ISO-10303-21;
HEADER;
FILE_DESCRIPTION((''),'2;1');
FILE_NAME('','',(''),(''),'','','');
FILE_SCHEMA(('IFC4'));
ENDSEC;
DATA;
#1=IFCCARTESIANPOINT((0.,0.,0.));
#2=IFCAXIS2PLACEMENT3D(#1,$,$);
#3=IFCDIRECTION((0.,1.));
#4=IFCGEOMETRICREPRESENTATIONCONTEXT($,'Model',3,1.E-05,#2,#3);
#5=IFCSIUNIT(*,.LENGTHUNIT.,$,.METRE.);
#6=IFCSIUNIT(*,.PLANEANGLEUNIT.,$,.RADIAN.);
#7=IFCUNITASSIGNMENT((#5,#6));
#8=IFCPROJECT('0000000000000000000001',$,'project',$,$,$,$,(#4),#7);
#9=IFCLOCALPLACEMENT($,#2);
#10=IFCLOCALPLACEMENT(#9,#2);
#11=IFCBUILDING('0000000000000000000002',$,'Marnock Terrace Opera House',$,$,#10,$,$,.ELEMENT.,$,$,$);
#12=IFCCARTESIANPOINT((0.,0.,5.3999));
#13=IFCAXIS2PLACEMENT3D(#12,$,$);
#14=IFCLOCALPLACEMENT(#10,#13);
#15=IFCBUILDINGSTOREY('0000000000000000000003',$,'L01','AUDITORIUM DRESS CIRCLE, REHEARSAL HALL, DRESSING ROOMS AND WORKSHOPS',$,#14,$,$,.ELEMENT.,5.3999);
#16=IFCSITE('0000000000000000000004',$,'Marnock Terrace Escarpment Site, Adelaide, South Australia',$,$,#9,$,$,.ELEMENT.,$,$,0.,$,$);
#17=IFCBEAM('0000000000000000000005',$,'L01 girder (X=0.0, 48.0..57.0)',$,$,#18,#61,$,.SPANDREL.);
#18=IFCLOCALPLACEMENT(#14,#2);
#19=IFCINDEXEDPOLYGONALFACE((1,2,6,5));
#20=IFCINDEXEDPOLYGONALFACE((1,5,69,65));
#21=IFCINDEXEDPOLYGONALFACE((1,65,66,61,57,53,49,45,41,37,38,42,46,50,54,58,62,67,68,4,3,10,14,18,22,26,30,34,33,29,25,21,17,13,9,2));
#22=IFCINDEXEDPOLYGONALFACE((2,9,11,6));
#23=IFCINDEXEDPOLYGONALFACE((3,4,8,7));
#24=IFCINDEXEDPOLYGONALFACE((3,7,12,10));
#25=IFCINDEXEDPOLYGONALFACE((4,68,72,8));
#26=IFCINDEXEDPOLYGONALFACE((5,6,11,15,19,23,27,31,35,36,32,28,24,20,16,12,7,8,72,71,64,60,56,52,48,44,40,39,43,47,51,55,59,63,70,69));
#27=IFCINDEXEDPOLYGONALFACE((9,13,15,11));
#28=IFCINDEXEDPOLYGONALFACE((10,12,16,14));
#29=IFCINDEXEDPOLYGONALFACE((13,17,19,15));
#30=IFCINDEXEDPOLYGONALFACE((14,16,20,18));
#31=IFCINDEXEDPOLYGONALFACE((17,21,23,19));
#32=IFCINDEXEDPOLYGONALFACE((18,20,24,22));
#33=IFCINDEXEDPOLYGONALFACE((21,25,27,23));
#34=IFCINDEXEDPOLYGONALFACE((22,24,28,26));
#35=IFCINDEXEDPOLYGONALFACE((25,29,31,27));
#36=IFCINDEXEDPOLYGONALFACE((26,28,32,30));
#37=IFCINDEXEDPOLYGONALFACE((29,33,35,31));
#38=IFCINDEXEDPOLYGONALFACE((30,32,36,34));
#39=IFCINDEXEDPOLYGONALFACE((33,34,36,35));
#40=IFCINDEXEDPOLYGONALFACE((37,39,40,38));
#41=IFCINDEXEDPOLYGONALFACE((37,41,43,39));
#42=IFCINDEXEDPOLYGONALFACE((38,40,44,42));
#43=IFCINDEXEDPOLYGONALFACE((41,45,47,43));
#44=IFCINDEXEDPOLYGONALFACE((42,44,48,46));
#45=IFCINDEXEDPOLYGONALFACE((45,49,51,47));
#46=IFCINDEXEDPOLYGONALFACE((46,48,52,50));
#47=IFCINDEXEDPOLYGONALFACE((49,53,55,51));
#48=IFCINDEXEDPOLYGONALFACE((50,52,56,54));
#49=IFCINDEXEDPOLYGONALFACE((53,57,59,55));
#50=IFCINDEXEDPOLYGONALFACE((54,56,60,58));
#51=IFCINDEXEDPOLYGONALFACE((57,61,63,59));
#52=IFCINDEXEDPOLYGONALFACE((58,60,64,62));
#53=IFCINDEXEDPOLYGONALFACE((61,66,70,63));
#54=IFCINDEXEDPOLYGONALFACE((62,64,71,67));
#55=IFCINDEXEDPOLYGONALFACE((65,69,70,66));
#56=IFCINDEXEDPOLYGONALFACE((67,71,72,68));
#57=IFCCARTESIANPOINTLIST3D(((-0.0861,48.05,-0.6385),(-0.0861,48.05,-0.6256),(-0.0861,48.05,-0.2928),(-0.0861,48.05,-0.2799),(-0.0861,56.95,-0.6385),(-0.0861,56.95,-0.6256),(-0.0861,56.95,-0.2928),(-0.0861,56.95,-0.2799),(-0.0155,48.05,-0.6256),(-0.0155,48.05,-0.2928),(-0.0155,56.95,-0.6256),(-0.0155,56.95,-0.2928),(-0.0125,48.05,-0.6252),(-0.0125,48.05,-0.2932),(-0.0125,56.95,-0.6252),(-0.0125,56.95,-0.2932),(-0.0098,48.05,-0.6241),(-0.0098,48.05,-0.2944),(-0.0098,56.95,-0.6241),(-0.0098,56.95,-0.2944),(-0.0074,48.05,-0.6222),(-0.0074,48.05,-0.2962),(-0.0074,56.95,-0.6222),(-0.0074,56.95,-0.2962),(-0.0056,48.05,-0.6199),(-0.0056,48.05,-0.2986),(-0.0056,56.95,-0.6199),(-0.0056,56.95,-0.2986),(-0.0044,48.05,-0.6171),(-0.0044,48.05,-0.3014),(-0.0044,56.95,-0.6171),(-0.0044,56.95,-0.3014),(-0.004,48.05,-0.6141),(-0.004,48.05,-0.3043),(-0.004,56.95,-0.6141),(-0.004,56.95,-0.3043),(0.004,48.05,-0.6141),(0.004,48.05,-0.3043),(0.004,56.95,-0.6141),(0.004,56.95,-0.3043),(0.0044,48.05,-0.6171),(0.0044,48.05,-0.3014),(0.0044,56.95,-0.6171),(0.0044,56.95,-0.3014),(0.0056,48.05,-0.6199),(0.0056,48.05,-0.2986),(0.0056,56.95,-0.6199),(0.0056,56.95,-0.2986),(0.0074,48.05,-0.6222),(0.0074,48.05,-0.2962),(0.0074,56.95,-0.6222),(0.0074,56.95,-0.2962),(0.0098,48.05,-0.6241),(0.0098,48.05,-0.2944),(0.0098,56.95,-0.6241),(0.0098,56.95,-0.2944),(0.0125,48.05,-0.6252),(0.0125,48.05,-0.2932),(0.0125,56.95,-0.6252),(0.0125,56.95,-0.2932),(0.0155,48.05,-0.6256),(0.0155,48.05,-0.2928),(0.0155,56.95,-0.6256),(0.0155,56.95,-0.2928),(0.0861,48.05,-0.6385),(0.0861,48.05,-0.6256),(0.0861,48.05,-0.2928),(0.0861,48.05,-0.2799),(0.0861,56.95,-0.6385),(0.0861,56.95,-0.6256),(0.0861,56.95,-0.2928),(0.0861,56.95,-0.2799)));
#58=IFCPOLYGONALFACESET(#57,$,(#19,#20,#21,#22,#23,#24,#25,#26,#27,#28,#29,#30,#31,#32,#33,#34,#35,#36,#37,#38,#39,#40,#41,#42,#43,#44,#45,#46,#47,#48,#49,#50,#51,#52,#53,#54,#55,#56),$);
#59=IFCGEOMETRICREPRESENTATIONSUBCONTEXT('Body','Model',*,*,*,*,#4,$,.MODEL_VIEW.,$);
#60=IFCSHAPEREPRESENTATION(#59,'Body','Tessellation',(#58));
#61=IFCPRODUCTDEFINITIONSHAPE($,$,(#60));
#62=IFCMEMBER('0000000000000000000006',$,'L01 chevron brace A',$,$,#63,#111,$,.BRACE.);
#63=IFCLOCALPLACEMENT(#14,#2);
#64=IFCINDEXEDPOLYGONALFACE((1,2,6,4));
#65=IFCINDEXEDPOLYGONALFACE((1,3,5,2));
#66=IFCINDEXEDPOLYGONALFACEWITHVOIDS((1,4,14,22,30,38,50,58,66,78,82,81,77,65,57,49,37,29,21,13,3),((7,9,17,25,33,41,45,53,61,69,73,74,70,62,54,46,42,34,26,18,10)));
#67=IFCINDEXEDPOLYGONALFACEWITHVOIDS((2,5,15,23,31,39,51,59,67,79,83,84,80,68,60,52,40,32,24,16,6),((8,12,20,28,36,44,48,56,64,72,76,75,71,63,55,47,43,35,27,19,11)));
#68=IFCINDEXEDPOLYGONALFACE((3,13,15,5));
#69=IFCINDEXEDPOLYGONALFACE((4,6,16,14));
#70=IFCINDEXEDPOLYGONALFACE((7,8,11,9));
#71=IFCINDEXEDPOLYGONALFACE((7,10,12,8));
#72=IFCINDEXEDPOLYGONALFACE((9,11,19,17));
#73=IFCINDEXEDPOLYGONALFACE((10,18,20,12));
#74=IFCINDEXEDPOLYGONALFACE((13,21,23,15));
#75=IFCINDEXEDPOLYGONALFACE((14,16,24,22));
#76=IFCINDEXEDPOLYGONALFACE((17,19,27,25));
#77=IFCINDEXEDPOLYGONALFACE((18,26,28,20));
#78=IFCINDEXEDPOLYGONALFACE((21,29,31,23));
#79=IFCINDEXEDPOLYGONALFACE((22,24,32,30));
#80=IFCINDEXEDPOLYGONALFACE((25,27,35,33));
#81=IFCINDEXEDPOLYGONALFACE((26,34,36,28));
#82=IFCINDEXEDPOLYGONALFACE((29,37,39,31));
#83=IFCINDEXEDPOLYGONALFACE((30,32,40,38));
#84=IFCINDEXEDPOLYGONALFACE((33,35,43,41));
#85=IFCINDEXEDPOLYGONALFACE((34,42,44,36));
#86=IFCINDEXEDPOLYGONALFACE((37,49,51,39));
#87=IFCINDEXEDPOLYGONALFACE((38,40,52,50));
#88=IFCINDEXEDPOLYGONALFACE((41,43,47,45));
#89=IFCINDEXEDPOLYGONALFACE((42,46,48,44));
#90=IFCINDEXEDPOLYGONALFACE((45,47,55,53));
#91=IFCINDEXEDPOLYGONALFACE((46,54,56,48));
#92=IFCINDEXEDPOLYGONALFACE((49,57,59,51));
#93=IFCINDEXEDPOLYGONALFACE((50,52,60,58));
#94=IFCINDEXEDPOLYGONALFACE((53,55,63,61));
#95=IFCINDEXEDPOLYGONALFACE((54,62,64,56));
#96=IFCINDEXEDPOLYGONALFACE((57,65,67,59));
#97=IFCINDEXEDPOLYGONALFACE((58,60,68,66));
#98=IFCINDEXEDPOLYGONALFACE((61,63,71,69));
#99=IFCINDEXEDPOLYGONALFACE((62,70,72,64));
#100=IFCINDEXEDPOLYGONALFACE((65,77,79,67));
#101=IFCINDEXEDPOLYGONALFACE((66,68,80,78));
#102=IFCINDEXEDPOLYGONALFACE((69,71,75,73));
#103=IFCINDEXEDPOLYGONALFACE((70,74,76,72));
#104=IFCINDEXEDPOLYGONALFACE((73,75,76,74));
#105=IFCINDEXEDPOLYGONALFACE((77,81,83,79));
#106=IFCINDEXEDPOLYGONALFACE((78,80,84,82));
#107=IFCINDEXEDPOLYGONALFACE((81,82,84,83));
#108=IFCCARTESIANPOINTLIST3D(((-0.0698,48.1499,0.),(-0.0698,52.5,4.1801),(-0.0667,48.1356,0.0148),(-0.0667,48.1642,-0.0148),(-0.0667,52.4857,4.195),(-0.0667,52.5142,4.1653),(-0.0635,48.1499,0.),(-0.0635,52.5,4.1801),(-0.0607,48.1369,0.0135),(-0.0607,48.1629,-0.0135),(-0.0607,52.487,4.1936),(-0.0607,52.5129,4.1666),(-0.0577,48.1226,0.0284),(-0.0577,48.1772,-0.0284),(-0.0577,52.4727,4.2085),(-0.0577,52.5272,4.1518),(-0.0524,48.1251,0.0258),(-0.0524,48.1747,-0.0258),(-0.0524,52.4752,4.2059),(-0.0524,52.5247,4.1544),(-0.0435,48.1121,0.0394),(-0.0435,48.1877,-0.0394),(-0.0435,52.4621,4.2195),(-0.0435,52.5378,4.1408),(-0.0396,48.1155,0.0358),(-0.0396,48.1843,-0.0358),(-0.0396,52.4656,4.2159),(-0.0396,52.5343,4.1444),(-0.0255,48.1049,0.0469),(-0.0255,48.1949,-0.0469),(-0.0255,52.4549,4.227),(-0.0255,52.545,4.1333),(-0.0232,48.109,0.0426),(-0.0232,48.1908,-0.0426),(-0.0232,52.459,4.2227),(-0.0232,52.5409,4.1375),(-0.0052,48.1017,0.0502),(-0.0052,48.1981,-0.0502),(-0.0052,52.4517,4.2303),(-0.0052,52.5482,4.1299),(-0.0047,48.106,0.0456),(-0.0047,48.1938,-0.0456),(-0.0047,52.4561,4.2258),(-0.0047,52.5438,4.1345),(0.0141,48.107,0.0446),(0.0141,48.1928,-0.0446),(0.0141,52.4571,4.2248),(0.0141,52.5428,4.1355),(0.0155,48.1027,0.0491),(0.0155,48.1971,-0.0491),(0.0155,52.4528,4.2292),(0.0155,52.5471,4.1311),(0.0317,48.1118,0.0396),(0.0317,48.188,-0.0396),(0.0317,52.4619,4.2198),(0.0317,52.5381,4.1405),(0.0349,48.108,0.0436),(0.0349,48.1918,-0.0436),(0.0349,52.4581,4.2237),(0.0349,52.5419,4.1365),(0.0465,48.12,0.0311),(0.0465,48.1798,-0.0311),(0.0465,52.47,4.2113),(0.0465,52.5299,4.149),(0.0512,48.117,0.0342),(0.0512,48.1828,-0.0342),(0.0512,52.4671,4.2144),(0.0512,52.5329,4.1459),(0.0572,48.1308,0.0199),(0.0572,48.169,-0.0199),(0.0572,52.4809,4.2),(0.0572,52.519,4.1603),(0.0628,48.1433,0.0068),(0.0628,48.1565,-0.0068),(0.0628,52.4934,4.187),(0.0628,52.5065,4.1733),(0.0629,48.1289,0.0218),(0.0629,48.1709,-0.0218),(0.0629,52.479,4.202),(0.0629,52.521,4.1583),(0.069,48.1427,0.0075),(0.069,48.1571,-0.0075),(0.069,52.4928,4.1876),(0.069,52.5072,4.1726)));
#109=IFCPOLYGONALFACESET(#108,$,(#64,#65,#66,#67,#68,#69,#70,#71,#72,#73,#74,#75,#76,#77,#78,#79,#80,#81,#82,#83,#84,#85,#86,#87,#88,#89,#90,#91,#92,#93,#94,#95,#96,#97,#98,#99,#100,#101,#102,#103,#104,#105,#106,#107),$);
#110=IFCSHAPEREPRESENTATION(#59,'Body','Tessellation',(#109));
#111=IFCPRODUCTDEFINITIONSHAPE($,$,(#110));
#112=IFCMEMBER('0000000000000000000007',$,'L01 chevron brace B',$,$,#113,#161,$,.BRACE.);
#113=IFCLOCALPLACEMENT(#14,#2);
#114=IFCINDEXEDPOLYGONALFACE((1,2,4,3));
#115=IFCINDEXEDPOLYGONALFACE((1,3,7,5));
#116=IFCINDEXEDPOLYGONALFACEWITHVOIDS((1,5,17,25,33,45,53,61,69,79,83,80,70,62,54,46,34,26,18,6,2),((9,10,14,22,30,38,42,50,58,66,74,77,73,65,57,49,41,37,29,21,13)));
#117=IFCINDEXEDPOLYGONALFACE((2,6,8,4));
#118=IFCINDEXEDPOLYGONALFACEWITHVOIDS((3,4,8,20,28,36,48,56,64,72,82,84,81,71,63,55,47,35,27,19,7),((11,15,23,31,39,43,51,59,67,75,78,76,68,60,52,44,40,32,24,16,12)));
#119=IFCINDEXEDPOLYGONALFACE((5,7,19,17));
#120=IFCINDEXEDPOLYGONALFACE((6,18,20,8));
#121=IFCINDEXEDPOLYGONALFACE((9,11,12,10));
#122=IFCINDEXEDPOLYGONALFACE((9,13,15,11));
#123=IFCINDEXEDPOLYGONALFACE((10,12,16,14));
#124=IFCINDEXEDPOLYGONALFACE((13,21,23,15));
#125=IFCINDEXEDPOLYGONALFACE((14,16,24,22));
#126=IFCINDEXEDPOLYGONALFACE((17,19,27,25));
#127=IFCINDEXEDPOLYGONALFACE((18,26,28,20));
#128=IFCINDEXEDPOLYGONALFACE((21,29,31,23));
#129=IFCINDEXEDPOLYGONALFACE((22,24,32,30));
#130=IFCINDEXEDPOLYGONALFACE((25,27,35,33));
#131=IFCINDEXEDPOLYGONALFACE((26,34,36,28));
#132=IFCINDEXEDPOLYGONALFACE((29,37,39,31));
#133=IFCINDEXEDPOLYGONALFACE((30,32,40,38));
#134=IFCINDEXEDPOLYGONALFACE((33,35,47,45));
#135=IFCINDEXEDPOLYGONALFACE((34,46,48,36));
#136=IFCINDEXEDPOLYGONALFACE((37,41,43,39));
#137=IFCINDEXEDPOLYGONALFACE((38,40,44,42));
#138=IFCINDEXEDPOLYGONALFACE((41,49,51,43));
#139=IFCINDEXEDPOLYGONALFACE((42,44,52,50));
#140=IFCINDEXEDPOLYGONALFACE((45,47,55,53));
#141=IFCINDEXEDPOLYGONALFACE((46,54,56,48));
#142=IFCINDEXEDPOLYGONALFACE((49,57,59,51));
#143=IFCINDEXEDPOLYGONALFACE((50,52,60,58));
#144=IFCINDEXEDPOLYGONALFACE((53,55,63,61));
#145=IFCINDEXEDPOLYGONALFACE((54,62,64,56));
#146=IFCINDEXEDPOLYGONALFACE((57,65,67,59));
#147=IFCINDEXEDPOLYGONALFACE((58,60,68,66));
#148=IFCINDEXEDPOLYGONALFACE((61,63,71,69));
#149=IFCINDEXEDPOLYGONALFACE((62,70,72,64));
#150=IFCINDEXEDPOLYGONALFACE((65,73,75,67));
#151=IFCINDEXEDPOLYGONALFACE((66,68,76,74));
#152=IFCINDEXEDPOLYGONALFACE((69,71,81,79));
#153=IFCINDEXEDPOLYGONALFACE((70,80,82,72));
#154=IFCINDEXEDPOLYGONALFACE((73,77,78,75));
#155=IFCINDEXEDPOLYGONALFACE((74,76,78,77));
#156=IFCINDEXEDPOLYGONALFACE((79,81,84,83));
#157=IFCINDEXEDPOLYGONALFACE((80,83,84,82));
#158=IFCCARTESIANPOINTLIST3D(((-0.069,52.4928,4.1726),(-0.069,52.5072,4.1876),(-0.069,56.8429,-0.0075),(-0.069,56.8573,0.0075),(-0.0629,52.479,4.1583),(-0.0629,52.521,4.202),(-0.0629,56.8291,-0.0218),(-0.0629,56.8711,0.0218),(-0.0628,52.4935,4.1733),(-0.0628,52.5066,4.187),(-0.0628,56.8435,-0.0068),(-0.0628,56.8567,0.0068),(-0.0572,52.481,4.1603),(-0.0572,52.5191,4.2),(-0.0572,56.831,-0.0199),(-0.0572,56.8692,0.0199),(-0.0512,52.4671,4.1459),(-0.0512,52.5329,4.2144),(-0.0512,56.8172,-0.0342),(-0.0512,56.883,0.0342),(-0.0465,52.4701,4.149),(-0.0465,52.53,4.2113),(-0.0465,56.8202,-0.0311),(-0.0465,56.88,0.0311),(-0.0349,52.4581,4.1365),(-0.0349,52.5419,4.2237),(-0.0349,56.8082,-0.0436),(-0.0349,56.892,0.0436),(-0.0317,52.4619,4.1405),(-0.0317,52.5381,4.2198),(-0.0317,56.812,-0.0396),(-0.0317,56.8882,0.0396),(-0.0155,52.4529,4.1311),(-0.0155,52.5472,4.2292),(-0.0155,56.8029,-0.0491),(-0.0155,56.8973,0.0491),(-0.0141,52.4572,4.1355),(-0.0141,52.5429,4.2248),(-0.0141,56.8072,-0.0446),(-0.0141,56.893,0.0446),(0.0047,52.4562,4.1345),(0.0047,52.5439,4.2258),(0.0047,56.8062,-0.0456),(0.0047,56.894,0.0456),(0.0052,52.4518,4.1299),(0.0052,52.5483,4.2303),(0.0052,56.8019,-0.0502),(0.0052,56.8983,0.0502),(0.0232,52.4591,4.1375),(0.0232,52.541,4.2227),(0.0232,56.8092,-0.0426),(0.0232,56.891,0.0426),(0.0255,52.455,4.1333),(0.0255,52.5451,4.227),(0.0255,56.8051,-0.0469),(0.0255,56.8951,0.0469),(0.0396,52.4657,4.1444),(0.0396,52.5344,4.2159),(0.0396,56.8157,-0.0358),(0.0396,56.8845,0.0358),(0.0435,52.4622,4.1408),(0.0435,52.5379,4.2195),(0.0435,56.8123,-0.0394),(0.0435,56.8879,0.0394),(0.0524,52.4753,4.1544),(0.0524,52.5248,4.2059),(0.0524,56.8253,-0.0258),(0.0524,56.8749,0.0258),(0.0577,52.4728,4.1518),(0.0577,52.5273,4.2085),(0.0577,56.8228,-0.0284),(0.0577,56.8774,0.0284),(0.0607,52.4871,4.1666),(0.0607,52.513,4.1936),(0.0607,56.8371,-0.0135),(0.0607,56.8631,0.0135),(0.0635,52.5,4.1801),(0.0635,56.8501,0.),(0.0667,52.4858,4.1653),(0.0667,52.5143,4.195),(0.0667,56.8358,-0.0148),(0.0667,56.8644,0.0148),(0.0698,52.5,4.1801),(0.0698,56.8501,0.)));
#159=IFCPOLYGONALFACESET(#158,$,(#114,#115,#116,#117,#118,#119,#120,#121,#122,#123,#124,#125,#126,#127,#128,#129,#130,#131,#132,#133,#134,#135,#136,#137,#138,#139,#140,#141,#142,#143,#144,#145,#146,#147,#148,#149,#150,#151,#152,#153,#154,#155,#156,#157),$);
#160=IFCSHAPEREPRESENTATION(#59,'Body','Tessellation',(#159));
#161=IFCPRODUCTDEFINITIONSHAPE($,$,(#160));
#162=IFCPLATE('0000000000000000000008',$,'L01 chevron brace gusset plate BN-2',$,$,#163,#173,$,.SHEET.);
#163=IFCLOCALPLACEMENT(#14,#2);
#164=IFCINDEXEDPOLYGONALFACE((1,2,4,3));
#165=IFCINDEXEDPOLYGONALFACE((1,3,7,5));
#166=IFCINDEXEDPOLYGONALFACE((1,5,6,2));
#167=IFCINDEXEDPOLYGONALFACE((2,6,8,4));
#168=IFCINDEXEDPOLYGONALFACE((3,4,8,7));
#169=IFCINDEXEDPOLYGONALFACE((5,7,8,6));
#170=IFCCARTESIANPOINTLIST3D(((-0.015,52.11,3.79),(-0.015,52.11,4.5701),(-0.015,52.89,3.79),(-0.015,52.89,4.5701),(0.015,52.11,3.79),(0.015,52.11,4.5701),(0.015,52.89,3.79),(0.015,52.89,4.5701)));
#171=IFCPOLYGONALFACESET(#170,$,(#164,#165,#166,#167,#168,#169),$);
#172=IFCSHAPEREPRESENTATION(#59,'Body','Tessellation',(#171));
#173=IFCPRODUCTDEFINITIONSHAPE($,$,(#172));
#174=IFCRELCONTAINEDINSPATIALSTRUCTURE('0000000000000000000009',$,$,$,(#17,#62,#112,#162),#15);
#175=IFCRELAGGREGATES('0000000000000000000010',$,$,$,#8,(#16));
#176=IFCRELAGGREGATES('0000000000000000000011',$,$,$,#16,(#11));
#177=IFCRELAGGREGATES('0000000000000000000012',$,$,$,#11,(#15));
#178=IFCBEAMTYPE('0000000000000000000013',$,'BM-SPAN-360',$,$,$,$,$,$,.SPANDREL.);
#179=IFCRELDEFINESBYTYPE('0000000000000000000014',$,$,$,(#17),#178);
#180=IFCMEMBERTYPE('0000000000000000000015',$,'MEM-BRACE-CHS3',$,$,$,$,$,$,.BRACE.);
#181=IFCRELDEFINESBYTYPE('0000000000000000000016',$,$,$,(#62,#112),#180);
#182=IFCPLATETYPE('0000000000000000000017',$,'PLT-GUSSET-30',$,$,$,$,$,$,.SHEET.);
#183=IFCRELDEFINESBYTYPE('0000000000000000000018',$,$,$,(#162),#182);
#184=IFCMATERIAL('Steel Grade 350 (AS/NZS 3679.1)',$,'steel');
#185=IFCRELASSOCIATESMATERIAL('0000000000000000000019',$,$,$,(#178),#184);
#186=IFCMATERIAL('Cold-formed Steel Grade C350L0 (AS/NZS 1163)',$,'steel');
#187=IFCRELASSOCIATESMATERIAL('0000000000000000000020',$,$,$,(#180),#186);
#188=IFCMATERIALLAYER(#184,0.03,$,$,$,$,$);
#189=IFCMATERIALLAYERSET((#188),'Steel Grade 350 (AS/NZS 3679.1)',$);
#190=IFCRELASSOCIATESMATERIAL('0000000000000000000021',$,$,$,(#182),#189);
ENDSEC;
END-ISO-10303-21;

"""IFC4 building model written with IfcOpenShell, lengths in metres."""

from ifc_helpers import new_model, si_unit, direction, frame, origin, origin_2d, place, context, subcontext, project, spatial, rectangle, hollow_circle, i_section, extrude, material, layer, layer_set, material_profile, profile_set, type_object, element, save


model = new_model("IFC4")

# Units and contexts
model_context = context("Model", 3, precision=1e-05, world=origin(), true_north=direction((0.0, 1.0)))
body_context = subcontext(model_context, "Body", "Model", "MODEL_VIEW")
ifc_project = project(units=[si_unit("LENGTHUNIT", "METRE"), si_unit("PLANEANGLEUNIT", "RADIAN")], contexts=[model_context])

# Site, building, storey
site_placement = place(None, origin())
site = spatial("IfcSite", under=ifc_project, at=site_placement, Name="Marnock Terrace Escarpment Site, Adelaide, South Australia", CompositionType="ELEMENT", RefElevation=0.0)
building_placement = place(site_placement, origin())
building = spatial("IfcBuilding", under=site, at=building_placement, Name="Marnock Terrace Opera House", CompositionType="ELEMENT")
storey_placement = place(building_placement, frame((0.0, 0.0, 5.3999)))
storey = spatial("IfcBuildingStorey", under=building, at=storey_placement, Name="L01", Description="AUDITORIUM DRESS CIRCLE, REHEARSAL HALL, DRESSING ROOMS AND WORKSHOPS", CompositionType="ELEMENT", Elevation=5.3999)

# Shared definitions
ifc_material_1 = material(Name="Steel Grade 350 (AS/NZS 3679.1)", Category="steel")

# Beam
ifc_material_profile_1 = material_profile(ifc_material_1, i_section(OverallWidth=0.1721, OverallDepth=0.3586, WebThickness=0.0081, FlangeThickness=0.0129, FilletRadius=0.0115, at=origin_2d()))
ifc_profile_set_1 = profile_set([ifc_material_profile_1], Name="Steel Grade 350 (AS/NZS 3679.1)")
beam_type_1 = type_object("IfcBeamType", Name="BM-SPAN-360", PredefinedType="SPANDREL", material=ifc_profile_set_1)
beam_1_placement = place(storey_placement, frame((0.0, 48.05, -0.4592), z_axis=(0.0, 1.0, 0.0), x_axis=(-1.0, 0.0, 0.0)))
element("IfcBeam", 1, at=beam_1_placement, inside=storey, type_object=beam_type_1, Name="L01 girder (X=0.0, 48.0..57.0)", PredefinedType="SPANDREL", context=body_context, shape_type="SweptSolid", body=[
    extrude(i_section(OverallWidth=0.1721, OverallDepth=0.3586, WebThickness=0.0081, FlangeThickness=0.0129, FilletRadius=0.0115, at=origin_2d()), origin(), (0.0, 0.0, 1.0), 8.8999),
])

# Members
ifc_material_2 = material(Name="Cold-formed Steel Grade C350L0 (AS/NZS 1163)", Category="steel")
ifc_material_profile_2 = material_profile(ifc_material_2, hollow_circle(Radius=0.0698, WallThickness=0.0063, at=origin_2d()))
ifc_profile_set_2 = profile_set([ifc_material_profile_2], Name="Cold-formed Steel Grade C350L0 (AS/NZS 1163)")
member_type = type_object("IfcMemberType", Name="MEM-BRACE-CHS3", PredefinedType="BRACE", material=ifc_profile_set_2)
for number, where, z_axis, x_axis, name in (
    (2, (0.0, 48.1499, 0.0), (0.0, 0.721049, 0.692884), (-1.0, 0.0, 0.0), "L01 chevron brace A"),
    (3, (0.0, 56.8501, 0.0), (0.0, -0.721049, 0.692884), (1.0, 0.0, 0.0), "L01 chevron brace B"),
):
    element("IfcMember", number, at=place(storey_placement, frame(where, z_axis=z_axis, x_axis=x_axis)), inside=storey, type_object=member_type, Name=name, PredefinedType="BRACE", context=body_context, shape_type="SweptSolid", body=[
        extrude(hollow_circle(Radius=0.0698, WallThickness=0.0063, at=origin_2d()), origin(), (0.0, 0.0, 1.0), 6.033),
    ])

# Plate
ifc_layer_1 = layer(ifc_material_1, 0.03)
ifc_layer_set_1 = layer_set([ifc_layer_1], Name="Steel Grade 350 (AS/NZS 3679.1)")
plate_type = type_object("IfcPlateType", Name="PLT-GUSSET-30", PredefinedType="SHEET", material=ifc_layer_set_1)
plate_placement = place(storey_placement, frame((0.0, 52.5, 3.79), z_axis=(0.0, 0.0, 1.0), x_axis=(0.0, 1.0, 0.0)))
element("IfcPlate", 4, at=plate_placement, inside=storey, type_object=plate_type, Name="L01 chevron brace gusset plate BN-2", PredefinedType="SHEET", context=body_context, shape_type="SweptSolid", body=[
    extrude(rectangle(XDim=0.78, YDim=0.03, at=origin_2d()), origin(), (0.0, 0.0, 1.0), 0.78),
])

save(model, "model.ifc")
